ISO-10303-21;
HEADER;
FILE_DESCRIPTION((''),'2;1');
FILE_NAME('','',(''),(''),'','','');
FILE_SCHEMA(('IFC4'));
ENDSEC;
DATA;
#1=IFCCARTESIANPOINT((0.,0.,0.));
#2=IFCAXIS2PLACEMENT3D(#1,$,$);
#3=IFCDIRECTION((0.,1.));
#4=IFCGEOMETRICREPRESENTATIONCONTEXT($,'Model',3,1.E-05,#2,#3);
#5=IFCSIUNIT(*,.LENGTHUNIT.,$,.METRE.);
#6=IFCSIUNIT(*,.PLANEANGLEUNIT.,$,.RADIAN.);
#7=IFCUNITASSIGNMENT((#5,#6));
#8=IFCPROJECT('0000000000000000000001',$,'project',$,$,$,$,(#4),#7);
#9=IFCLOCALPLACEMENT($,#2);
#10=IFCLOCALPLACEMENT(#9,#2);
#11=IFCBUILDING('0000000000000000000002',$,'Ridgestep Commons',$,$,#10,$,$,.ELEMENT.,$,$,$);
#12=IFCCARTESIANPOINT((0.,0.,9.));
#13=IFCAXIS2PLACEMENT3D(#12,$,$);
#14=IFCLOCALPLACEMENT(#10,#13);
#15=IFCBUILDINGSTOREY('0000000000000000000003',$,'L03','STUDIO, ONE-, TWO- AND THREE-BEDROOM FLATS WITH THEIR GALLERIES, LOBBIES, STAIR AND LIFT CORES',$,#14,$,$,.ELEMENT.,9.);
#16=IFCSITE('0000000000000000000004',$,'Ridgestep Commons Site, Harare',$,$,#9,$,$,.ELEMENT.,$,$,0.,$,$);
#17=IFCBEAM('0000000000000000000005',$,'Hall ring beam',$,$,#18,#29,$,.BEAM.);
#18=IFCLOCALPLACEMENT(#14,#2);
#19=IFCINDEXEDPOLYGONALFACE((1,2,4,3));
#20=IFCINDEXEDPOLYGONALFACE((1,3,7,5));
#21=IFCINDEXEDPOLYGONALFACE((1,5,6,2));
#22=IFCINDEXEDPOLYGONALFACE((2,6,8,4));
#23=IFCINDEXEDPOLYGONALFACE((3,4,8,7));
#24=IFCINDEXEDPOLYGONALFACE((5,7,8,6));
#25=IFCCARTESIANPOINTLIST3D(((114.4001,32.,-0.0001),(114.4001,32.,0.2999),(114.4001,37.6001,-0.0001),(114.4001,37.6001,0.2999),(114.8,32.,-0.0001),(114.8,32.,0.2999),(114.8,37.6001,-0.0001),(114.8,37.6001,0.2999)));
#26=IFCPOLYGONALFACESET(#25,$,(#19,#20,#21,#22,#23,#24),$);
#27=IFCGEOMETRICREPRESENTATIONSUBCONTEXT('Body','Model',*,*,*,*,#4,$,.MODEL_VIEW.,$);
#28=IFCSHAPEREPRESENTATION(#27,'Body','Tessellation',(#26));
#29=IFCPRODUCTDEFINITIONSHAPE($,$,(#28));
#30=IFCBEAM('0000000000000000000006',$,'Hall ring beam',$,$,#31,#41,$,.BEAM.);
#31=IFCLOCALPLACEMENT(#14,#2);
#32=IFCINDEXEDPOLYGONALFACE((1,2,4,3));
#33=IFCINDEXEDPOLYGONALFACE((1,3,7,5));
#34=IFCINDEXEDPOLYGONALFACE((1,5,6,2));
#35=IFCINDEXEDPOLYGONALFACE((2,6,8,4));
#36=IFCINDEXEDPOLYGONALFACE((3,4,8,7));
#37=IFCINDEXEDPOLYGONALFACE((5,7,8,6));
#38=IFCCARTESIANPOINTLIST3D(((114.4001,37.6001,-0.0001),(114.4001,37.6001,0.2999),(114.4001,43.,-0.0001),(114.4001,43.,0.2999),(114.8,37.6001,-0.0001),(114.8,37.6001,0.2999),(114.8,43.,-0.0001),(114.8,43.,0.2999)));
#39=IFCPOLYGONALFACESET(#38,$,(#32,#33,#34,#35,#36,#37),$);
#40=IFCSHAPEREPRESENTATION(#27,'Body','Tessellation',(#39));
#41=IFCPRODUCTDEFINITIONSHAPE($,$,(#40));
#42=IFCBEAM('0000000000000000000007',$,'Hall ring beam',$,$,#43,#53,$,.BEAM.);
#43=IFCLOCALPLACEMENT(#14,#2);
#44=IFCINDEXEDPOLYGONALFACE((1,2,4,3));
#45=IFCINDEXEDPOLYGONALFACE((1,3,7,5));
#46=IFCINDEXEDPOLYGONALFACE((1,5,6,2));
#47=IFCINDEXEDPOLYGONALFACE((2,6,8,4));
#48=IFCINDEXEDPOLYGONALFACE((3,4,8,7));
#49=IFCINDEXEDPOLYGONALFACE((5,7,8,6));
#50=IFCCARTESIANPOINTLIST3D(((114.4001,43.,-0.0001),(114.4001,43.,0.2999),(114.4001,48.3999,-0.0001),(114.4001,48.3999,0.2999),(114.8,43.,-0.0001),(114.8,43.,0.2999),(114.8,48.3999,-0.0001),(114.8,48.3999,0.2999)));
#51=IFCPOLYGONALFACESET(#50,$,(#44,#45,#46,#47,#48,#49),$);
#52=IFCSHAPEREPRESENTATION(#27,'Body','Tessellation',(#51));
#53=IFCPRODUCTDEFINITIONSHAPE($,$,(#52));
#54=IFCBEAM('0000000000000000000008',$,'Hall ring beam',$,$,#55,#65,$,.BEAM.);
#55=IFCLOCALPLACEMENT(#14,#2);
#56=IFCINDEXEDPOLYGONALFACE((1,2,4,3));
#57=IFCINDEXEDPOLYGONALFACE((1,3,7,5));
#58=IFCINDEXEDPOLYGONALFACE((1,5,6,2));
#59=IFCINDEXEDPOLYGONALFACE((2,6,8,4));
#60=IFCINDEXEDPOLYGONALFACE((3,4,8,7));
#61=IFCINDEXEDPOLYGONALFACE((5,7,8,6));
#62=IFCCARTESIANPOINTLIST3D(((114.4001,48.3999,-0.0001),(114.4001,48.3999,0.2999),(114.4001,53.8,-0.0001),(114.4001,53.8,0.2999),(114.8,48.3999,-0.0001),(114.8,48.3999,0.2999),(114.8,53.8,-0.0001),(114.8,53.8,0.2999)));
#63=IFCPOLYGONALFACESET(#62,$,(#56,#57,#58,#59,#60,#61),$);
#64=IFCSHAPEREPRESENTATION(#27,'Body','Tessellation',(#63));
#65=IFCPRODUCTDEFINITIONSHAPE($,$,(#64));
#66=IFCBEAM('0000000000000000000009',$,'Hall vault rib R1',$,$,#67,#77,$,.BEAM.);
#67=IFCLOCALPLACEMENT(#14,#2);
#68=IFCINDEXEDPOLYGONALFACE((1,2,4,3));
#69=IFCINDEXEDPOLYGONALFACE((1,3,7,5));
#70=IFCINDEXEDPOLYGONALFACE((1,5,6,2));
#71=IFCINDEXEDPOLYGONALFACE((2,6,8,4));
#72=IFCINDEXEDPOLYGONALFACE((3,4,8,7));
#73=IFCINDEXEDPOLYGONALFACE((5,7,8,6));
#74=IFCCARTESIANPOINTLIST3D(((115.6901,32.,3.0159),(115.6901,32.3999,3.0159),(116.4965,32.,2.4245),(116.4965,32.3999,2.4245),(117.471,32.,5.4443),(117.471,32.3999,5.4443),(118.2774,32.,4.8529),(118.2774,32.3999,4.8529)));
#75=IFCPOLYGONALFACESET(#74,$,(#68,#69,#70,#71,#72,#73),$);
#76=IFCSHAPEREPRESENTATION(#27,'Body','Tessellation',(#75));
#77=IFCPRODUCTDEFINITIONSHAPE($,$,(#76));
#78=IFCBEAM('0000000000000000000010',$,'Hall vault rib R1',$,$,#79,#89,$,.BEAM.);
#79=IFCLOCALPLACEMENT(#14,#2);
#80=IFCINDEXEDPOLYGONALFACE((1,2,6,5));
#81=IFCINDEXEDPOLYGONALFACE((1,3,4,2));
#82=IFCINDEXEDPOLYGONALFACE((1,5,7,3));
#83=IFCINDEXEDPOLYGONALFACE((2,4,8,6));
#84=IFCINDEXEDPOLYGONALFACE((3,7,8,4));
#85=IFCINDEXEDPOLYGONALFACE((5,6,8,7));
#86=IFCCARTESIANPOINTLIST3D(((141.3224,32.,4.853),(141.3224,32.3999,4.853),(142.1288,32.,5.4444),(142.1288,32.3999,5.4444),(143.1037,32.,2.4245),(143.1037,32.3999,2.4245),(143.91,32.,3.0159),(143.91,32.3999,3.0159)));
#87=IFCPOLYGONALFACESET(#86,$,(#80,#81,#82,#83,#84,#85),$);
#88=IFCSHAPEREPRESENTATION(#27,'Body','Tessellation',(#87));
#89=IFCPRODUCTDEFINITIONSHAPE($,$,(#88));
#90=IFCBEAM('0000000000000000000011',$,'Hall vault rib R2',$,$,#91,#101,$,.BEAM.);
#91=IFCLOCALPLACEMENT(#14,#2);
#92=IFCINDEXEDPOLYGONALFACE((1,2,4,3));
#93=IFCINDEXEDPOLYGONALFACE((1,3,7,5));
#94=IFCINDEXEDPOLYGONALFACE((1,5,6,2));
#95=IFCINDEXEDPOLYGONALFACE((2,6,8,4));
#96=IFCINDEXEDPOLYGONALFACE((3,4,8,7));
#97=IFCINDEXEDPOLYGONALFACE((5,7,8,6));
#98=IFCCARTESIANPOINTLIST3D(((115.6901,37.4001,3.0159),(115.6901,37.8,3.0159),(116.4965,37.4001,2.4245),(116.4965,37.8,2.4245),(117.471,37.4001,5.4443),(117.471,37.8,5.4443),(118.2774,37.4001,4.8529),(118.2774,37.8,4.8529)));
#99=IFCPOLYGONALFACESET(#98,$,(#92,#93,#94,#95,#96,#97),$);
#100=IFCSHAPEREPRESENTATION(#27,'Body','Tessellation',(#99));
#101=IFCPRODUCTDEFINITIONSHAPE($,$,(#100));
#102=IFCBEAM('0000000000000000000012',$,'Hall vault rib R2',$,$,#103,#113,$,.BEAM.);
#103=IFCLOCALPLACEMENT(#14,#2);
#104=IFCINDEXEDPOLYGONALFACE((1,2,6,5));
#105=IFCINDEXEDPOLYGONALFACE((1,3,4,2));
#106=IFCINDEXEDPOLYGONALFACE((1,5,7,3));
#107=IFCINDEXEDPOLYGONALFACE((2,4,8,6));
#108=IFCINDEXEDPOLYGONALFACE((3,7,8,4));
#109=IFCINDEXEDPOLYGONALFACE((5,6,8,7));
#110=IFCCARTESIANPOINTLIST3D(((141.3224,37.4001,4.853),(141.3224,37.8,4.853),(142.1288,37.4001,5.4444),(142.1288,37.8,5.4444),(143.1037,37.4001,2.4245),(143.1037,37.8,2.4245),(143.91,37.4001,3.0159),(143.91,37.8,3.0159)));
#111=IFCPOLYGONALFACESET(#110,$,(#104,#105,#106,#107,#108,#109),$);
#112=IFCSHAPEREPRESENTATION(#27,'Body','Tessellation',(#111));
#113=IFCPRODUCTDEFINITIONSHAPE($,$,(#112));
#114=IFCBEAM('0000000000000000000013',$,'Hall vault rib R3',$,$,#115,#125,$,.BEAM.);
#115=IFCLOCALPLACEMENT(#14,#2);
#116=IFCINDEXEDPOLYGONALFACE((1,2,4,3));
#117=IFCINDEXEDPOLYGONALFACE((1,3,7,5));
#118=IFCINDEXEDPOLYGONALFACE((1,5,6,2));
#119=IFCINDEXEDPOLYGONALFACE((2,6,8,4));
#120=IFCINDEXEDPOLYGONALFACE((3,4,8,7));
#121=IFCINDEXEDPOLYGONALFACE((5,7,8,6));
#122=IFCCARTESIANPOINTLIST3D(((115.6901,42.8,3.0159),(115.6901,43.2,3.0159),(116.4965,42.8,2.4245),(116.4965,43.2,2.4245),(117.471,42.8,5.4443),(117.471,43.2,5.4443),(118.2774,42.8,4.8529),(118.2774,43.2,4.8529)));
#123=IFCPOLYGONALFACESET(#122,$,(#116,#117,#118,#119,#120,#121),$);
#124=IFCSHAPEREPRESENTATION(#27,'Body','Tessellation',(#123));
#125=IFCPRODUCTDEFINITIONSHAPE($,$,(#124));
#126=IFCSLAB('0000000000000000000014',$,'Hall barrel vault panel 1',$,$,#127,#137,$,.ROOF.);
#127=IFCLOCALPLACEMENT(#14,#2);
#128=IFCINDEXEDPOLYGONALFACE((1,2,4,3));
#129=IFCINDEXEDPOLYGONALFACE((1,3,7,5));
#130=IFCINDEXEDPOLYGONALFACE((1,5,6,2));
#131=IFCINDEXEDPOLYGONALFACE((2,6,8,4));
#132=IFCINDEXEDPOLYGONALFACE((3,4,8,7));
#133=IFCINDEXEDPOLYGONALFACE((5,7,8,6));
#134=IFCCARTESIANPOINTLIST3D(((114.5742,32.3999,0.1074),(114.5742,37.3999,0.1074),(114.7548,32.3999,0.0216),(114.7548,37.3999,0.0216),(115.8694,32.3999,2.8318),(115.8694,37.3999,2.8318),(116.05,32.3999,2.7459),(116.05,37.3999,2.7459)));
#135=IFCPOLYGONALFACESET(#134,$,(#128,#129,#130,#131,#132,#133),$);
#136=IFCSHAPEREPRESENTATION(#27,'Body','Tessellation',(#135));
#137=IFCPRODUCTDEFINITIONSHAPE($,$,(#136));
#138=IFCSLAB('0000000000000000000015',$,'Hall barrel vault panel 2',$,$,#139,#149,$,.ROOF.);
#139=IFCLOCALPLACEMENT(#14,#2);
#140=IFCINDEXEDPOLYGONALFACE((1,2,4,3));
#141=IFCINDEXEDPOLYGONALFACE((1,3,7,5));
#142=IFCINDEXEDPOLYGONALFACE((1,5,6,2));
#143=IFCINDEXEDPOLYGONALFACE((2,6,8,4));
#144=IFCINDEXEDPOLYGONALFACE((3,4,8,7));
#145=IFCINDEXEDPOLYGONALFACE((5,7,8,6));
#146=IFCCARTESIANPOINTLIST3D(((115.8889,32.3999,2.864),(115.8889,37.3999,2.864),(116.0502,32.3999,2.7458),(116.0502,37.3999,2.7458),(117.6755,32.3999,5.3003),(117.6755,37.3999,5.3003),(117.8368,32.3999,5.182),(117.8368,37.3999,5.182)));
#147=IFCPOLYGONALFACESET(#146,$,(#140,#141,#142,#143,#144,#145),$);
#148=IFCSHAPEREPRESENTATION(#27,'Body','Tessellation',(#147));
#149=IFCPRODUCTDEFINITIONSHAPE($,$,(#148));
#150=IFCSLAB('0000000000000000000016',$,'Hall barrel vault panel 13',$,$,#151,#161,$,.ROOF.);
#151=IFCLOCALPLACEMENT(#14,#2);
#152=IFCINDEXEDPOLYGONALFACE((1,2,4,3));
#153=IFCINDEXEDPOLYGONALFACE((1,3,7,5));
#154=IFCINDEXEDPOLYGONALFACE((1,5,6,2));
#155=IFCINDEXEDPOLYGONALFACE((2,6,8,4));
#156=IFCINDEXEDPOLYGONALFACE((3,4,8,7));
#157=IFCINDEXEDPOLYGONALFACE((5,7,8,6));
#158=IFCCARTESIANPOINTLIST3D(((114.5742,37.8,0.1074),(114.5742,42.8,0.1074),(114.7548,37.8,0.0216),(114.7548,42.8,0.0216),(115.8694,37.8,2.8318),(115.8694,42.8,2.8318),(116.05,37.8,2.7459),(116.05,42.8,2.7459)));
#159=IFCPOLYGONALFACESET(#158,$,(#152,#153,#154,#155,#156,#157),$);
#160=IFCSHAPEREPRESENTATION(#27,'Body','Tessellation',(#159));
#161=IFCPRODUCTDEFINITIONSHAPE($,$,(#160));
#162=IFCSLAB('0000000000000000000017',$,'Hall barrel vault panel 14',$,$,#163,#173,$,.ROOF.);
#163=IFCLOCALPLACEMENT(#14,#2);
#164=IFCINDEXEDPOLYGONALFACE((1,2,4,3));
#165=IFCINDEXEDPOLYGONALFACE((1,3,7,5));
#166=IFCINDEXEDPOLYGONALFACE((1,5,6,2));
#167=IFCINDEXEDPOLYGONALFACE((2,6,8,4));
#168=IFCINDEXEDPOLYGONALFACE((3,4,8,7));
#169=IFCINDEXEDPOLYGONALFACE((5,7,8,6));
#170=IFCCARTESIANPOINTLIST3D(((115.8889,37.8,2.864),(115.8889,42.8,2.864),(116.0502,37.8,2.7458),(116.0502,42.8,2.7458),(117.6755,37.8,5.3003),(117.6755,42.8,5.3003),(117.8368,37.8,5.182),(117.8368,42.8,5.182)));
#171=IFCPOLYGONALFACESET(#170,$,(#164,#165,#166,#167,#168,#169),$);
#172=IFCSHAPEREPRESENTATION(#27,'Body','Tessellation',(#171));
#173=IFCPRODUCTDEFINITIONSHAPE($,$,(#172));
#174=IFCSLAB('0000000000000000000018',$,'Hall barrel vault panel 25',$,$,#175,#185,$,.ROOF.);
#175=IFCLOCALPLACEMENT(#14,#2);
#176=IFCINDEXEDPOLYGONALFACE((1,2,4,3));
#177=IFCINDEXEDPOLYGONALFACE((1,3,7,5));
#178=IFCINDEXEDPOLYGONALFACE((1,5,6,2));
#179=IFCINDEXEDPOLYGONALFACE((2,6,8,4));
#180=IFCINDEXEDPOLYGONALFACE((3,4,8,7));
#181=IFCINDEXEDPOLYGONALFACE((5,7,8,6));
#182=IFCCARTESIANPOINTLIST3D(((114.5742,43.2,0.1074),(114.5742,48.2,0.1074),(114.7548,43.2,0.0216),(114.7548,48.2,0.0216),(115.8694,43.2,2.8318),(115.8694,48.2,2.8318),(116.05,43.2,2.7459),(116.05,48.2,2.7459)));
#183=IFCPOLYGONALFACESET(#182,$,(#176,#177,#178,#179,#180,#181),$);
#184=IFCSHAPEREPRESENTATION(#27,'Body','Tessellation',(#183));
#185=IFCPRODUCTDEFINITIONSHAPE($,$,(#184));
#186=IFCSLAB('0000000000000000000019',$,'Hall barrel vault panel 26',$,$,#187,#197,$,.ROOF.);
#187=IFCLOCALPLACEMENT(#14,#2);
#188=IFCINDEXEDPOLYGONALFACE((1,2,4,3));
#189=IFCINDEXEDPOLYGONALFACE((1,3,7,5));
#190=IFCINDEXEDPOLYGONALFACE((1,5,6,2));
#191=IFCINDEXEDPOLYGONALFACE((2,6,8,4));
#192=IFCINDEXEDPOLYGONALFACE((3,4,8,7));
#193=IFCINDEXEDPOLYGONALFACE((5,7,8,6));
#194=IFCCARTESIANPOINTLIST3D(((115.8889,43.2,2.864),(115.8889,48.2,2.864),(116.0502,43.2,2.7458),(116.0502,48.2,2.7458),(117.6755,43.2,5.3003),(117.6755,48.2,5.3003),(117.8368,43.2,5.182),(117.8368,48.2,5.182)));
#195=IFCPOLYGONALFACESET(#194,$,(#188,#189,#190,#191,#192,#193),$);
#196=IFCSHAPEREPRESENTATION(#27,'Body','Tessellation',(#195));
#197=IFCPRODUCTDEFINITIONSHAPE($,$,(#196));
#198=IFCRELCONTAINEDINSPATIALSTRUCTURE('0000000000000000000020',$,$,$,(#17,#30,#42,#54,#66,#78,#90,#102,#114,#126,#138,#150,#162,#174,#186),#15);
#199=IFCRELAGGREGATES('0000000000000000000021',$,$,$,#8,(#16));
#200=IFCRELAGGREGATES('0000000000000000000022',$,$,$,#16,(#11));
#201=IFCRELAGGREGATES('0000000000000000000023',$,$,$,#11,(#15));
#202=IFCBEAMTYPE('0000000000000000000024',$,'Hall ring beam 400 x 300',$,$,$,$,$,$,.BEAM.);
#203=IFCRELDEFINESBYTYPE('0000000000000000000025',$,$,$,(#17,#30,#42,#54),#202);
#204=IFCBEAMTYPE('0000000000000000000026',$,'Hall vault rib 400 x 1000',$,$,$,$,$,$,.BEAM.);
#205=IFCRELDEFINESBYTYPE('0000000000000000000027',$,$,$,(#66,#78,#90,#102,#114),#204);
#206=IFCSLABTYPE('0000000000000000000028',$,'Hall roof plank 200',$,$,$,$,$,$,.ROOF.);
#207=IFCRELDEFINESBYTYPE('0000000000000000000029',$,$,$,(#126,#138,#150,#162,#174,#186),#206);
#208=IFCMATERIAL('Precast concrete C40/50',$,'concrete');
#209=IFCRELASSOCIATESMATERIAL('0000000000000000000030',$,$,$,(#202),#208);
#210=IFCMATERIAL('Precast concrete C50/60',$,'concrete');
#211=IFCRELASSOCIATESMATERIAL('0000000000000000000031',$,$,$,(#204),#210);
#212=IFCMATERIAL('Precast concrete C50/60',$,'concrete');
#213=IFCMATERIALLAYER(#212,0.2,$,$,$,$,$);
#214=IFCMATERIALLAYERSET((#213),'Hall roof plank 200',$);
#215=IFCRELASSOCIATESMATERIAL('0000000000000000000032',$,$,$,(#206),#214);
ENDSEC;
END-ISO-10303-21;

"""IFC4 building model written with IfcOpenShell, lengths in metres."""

from ifc_helpers import new_model, si_unit, direction, frame, origin, origin_2d, place, context, subcontext, project, spatial, polyline, rectangle, outline, extrude, material, layer, layer_set, material_profile, profile_set, type_object, element, save


model = new_model("IFC4")

# Units and contexts
model_context = context("Model", 3, precision=1e-05, world=origin(), true_north=direction((0.0, 1.0)))
body_context = subcontext(model_context, "Body", "Model", "MODEL_VIEW")
ifc_project = project(units=[si_unit("LENGTHUNIT", "METRE"), si_unit("PLANEANGLEUNIT", "RADIAN")], contexts=[model_context])

# Site, building, storey
site_placement = place(None, origin())
site = spatial("IfcSite", under=ifc_project, at=site_placement, Name="Ridgestep Commons Site, Harare", CompositionType="ELEMENT", RefElevation=0.0)
building_placement = place(site_placement, origin())
building = spatial("IfcBuilding", under=site, at=building_placement, Name="Ridgestep Commons", CompositionType="ELEMENT")
storey_placement = place(building_placement, frame((0.0, 0.0, 9.0)))
storey = spatial("IfcBuildingStorey", under=building, at=storey_placement, Name="L03", Description="STUDIO, ONE-, TWO- AND THREE-BEDROOM FLATS WITH THEIR GALLERIES, LOBBIES, STAIR AND LIFT CORES", CompositionType="ELEMENT", Elevation=9.0)

# Beams
ifc_material_1 = material(Name="Precast concrete C40/50", Category="concrete")
ifc_material_profile_1 = material_profile(ifc_material_1, rectangle(XDim=0.3999, YDim=0.3, at=origin_2d()), Name="Hall ring beam 400 x 300")
ifc_profile_set_1 = profile_set([ifc_material_profile_1], Name="Precast concrete C40/50")
beam_type_1 = type_object("IfcBeamType", Name="Hall ring beam 400 x 300", PredefinedType="BEAM", material=ifc_profile_set_1)
beam_1_placement = place(storey_placement, frame((114.6001, 32.0, 0.1499), z_axis=(0.0, 1.0, 0.0), x_axis=(-1.0, 0.0, 0.0)))
element("IfcBeam", 1, at=beam_1_placement, inside=storey, type_object=beam_type_1, Name="Hall ring beam", PredefinedType="BEAM", context=body_context, shape_type="SweptSolid", body=[
    extrude(rectangle(XDim=0.3999, YDim=0.3, at=origin_2d()), origin(), (0.0, 0.0, 1.0), 5.6001),
])
for number, where, z_axis, x_axis, name in (
    (2, (114.6001, 37.6001, 0.1499), (0.0, 1.0, 0.0), (-1.0, 0.0, 0.0), "Hall ring beam"),
    (3, (114.6001, 43.0, 0.1499), (0.0, 1.0, 0.0), (-1.0, 0.0, 0.0), "Hall ring beam"),
):
    element("IfcBeam", number, at=place(storey_placement, frame(where, z_axis=z_axis, x_axis=x_axis)), inside=storey, type_object=beam_type_1, Name=name, PredefinedType="BEAM", context=body_context, shape_type="SweptSolid", body=[
        extrude(rectangle(XDim=0.3999, YDim=0.3, at=origin_2d()), origin(), (0.0, 0.0, 1.0), 5.3999),
    ])
beam_2_placement = place(storey_placement, frame((114.6001, 48.3999, 0.1499), z_axis=(0.0, 1.0, 0.0), x_axis=(-1.0, 0.0, 0.0)))
element("IfcBeam", 4, at=beam_2_placement, inside=storey, type_object=beam_type_1, Name="Hall ring beam", PredefinedType="BEAM", context=body_context, shape_type="SweptSolid", body=[
    extrude(rectangle(XDim=0.3999, YDim=0.3, at=origin_2d()), origin(), (0.0, 0.0, 1.0), 5.4001),
])
ifc_material_2 = material(Name="Precast concrete C50/60", Category="concrete")
ifc_material_profile_2 = material_profile(ifc_material_2, rectangle(XDim=0.3999, YDim=1.0, at=origin_2d()), Name="Hall vault rib 400 x 1000")
ifc_profile_set_2 = profile_set([ifc_material_profile_2], Name="Precast concrete C50/60")
beam_type_2 = type_object("IfcBeamType", Name="Hall vault rib 400 x 1000", PredefinedType="BEAM", material=ifc_profile_set_2)
beam_3_placement = place(storey_placement, frame((116.0933, 32.2, 2.7202), z_axis=(0.591392, 0.0, 0.806384), x_axis=(0.0, 1.0, 0.0)))
element("IfcBeam", 5, at=beam_3_placement, inside=storey, type_object=beam_type_2, Name="Hall vault rib R1", PredefinedType="BEAM", context=body_context, shape_type="SweptSolid", body=[
    extrude(rectangle(XDim=0.3999, YDim=1.0, at=origin_2d()), origin(), (0.0, 0.0, 1.0), 3.0115),
])
beam_4_placement = place(storey_placement, frame((141.7256, 32.2, 5.1487), z_axis=(0.591444, 0.0, -0.806346), x_axis=(0.0, 1.0, 0.0)))
element("IfcBeam", 6, at=beam_4_placement, inside=storey, type_object=beam_type_2, Name="Hall vault rib R1", PredefinedType="BEAM", context=body_context, shape_type="SweptSolid", body=[
    extrude(rectangle(XDim=0.3999, YDim=1.0, at=origin_2d()), origin(), (0.0, 0.0, 1.0), 3.0117),
])
beam_5_placement = place(storey_placement, frame((116.0933, 37.6001, 2.7202), z_axis=(0.591392, 0.0, 0.806384), x_axis=(0.0, 1.0, 0.0)))
element("IfcBeam", 7, at=beam_5_placement, inside=storey, type_object=beam_type_2, Name="Hall vault rib R2", PredefinedType="BEAM", context=body_context, shape_type="SweptSolid", body=[
    extrude(rectangle(XDim=0.3999, YDim=1.0, at=origin_2d()), origin(), (0.0, 0.0, 1.0), 3.0115),
])
beam_6_placement = place(storey_placement, frame((141.7256, 37.6001, 5.1487), z_axis=(0.591444, 0.0, -0.806346), x_axis=(0.0, 1.0, 0.0)))
element("IfcBeam", 8, at=beam_6_placement, inside=storey, type_object=beam_type_2, Name="Hall vault rib R2", PredefinedType="BEAM", context=body_context, shape_type="SweptSolid", body=[
    extrude(rectangle(XDim=0.3999, YDim=1.0, at=origin_2d()), origin(), (0.0, 0.0, 1.0), 3.0117),
])
beam_7_placement = place(storey_placement, frame((116.0933, 43.0, 2.7202), z_axis=(0.591392, 0.0, 0.806384), x_axis=(0.0, 1.0, 0.0)))
element("IfcBeam", 9, at=beam_7_placement, inside=storey, type_object=beam_type_2, Name="Hall vault rib R3", PredefinedType="BEAM", context=body_context, shape_type="SweptSolid", body=[
    extrude(rectangle(XDim=0.3999, YDim=1.0, at=origin_2d()), origin(), (0.0, 0.0, 1.0), 3.0115),
])

# Slabs
ifc_material_3 = material(Name="Precast concrete C50/60", Category="concrete")
ifc_layer_1 = layer(ifc_material_3, 0.2)
ifc_layer_set_1 = layer_set([ifc_layer_1], Name="Hall roof plank 200")
slab_type = type_object("IfcSlabType", Name="Hall roof plank 200", PredefinedType="ROOF", material=ifc_layer_set_1)
slab_1_placement = place(storey_placement, frame((114.5742, 32.3999, 0.1074), z_axis=(-0.903137, 0.0, 0.429352), x_axis=(0.429352, 0.0, 0.903137)))
element("IfcSlab", 10, at=slab_1_placement, inside=storey, type_object=slab_type, Name="Hall barrel vault panel 1", PredefinedType="ROOF", context=body_context, shape_type="SweptSolid", body=[
    extrude(outline(polyline([(0.0, 0.0), (3.0166, 0.0), (3.0166, 5.0), (0.0, 5.0), (0.0, 0.0)])), origin(), (0.0, 0.0, -1.0), 0.2),
])
slab_2_placement = place(storey_placement, frame((115.8889, 32.3999, 2.864), z_axis=(-0.806402, 0.0, 0.591367), x_axis=(0.591367, 0.0, 0.806402)))
element("IfcSlab", 11, at=slab_2_placement, inside=storey, type_object=slab_type, Name="Hall barrel vault panel 2", PredefinedType="ROOF", context=body_context, shape_type="SweptSolid", body=[
    extrude(outline(polyline([(0.0, 0.0), (3.0212, 0.0), (3.0212, 5.0), (0.0, 5.0), (0.0, 0.0)])), origin(), (0.0, 0.0, -1.0), 0.2),
])
slab_3_placement = place(storey_placement, frame((114.5742, 37.8, 0.1074), z_axis=(-0.903137, 0.0, 0.429352), x_axis=(0.429352, 0.0, 0.903137)))
element("IfcSlab", 12, at=slab_3_placement, inside=storey, type_object=slab_type, Name="Hall barrel vault panel 13", PredefinedType="ROOF", context=body_context, shape_type="SweptSolid", body=[
    extrude(outline(polyline([(0.0, 0.0), (3.0166, 0.0), (3.0166, 5.0), (0.0, 5.0), (0.0, 0.0)])), origin(), (0.0, 0.0, -1.0), 0.2),
])
slab_4_placement = place(storey_placement, frame((115.8889, 37.8, 2.864), z_axis=(-0.806402, 0.0, 0.591367), x_axis=(0.591367, 0.0, 0.806402)))
element("IfcSlab", 13, at=slab_4_placement, inside=storey, type_object=slab_type, Name="Hall barrel vault panel 14", PredefinedType="ROOF", context=body_context, shape_type="SweptSolid", body=[
    extrude(outline(polyline([(0.0, 0.0), (3.0212, 0.0), (3.0212, 5.0), (0.0, 5.0), (0.0, 0.0)])), origin(), (0.0, 0.0, -1.0), 0.2),
])
slab_5_placement = place(storey_placement, frame((114.5742, 43.2, 0.1074), z_axis=(-0.903137, 0.0, 0.429352), x_axis=(0.429352, 0.0, 0.903137)))
element("IfcSlab", 14, at=slab_5_placement, inside=storey, type_object=slab_type, Name="Hall barrel vault panel 25", PredefinedType="ROOF", context=body_context, shape_type="SweptSolid", body=[
    extrude(outline(polyline([(0.0, 0.0), (3.0166, 0.0), (3.0166, 5.0), (0.0, 5.0), (0.0, 0.0)])), origin(), (0.0, 0.0, -1.0), 0.2),
])
slab_6_placement = place(storey_placement, frame((115.8889, 43.2, 2.864), z_axis=(-0.806402, 0.0, 0.591367), x_axis=(0.591367, 0.0, 0.806402)))
element("IfcSlab", 15, at=slab_6_placement, inside=storey, type_object=slab_type, Name="Hall barrel vault panel 26", PredefinedType="ROOF", context=body_context, shape_type="SweptSolid", body=[
    extrude(outline(polyline([(0.0, 0.0), (3.0212, 0.0), (3.0212, 5.0), (0.0, 5.0), (0.0, 0.0)])), origin(), (0.0, 0.0, -1.0), 0.2),
])

save(model, "model.ifc")
